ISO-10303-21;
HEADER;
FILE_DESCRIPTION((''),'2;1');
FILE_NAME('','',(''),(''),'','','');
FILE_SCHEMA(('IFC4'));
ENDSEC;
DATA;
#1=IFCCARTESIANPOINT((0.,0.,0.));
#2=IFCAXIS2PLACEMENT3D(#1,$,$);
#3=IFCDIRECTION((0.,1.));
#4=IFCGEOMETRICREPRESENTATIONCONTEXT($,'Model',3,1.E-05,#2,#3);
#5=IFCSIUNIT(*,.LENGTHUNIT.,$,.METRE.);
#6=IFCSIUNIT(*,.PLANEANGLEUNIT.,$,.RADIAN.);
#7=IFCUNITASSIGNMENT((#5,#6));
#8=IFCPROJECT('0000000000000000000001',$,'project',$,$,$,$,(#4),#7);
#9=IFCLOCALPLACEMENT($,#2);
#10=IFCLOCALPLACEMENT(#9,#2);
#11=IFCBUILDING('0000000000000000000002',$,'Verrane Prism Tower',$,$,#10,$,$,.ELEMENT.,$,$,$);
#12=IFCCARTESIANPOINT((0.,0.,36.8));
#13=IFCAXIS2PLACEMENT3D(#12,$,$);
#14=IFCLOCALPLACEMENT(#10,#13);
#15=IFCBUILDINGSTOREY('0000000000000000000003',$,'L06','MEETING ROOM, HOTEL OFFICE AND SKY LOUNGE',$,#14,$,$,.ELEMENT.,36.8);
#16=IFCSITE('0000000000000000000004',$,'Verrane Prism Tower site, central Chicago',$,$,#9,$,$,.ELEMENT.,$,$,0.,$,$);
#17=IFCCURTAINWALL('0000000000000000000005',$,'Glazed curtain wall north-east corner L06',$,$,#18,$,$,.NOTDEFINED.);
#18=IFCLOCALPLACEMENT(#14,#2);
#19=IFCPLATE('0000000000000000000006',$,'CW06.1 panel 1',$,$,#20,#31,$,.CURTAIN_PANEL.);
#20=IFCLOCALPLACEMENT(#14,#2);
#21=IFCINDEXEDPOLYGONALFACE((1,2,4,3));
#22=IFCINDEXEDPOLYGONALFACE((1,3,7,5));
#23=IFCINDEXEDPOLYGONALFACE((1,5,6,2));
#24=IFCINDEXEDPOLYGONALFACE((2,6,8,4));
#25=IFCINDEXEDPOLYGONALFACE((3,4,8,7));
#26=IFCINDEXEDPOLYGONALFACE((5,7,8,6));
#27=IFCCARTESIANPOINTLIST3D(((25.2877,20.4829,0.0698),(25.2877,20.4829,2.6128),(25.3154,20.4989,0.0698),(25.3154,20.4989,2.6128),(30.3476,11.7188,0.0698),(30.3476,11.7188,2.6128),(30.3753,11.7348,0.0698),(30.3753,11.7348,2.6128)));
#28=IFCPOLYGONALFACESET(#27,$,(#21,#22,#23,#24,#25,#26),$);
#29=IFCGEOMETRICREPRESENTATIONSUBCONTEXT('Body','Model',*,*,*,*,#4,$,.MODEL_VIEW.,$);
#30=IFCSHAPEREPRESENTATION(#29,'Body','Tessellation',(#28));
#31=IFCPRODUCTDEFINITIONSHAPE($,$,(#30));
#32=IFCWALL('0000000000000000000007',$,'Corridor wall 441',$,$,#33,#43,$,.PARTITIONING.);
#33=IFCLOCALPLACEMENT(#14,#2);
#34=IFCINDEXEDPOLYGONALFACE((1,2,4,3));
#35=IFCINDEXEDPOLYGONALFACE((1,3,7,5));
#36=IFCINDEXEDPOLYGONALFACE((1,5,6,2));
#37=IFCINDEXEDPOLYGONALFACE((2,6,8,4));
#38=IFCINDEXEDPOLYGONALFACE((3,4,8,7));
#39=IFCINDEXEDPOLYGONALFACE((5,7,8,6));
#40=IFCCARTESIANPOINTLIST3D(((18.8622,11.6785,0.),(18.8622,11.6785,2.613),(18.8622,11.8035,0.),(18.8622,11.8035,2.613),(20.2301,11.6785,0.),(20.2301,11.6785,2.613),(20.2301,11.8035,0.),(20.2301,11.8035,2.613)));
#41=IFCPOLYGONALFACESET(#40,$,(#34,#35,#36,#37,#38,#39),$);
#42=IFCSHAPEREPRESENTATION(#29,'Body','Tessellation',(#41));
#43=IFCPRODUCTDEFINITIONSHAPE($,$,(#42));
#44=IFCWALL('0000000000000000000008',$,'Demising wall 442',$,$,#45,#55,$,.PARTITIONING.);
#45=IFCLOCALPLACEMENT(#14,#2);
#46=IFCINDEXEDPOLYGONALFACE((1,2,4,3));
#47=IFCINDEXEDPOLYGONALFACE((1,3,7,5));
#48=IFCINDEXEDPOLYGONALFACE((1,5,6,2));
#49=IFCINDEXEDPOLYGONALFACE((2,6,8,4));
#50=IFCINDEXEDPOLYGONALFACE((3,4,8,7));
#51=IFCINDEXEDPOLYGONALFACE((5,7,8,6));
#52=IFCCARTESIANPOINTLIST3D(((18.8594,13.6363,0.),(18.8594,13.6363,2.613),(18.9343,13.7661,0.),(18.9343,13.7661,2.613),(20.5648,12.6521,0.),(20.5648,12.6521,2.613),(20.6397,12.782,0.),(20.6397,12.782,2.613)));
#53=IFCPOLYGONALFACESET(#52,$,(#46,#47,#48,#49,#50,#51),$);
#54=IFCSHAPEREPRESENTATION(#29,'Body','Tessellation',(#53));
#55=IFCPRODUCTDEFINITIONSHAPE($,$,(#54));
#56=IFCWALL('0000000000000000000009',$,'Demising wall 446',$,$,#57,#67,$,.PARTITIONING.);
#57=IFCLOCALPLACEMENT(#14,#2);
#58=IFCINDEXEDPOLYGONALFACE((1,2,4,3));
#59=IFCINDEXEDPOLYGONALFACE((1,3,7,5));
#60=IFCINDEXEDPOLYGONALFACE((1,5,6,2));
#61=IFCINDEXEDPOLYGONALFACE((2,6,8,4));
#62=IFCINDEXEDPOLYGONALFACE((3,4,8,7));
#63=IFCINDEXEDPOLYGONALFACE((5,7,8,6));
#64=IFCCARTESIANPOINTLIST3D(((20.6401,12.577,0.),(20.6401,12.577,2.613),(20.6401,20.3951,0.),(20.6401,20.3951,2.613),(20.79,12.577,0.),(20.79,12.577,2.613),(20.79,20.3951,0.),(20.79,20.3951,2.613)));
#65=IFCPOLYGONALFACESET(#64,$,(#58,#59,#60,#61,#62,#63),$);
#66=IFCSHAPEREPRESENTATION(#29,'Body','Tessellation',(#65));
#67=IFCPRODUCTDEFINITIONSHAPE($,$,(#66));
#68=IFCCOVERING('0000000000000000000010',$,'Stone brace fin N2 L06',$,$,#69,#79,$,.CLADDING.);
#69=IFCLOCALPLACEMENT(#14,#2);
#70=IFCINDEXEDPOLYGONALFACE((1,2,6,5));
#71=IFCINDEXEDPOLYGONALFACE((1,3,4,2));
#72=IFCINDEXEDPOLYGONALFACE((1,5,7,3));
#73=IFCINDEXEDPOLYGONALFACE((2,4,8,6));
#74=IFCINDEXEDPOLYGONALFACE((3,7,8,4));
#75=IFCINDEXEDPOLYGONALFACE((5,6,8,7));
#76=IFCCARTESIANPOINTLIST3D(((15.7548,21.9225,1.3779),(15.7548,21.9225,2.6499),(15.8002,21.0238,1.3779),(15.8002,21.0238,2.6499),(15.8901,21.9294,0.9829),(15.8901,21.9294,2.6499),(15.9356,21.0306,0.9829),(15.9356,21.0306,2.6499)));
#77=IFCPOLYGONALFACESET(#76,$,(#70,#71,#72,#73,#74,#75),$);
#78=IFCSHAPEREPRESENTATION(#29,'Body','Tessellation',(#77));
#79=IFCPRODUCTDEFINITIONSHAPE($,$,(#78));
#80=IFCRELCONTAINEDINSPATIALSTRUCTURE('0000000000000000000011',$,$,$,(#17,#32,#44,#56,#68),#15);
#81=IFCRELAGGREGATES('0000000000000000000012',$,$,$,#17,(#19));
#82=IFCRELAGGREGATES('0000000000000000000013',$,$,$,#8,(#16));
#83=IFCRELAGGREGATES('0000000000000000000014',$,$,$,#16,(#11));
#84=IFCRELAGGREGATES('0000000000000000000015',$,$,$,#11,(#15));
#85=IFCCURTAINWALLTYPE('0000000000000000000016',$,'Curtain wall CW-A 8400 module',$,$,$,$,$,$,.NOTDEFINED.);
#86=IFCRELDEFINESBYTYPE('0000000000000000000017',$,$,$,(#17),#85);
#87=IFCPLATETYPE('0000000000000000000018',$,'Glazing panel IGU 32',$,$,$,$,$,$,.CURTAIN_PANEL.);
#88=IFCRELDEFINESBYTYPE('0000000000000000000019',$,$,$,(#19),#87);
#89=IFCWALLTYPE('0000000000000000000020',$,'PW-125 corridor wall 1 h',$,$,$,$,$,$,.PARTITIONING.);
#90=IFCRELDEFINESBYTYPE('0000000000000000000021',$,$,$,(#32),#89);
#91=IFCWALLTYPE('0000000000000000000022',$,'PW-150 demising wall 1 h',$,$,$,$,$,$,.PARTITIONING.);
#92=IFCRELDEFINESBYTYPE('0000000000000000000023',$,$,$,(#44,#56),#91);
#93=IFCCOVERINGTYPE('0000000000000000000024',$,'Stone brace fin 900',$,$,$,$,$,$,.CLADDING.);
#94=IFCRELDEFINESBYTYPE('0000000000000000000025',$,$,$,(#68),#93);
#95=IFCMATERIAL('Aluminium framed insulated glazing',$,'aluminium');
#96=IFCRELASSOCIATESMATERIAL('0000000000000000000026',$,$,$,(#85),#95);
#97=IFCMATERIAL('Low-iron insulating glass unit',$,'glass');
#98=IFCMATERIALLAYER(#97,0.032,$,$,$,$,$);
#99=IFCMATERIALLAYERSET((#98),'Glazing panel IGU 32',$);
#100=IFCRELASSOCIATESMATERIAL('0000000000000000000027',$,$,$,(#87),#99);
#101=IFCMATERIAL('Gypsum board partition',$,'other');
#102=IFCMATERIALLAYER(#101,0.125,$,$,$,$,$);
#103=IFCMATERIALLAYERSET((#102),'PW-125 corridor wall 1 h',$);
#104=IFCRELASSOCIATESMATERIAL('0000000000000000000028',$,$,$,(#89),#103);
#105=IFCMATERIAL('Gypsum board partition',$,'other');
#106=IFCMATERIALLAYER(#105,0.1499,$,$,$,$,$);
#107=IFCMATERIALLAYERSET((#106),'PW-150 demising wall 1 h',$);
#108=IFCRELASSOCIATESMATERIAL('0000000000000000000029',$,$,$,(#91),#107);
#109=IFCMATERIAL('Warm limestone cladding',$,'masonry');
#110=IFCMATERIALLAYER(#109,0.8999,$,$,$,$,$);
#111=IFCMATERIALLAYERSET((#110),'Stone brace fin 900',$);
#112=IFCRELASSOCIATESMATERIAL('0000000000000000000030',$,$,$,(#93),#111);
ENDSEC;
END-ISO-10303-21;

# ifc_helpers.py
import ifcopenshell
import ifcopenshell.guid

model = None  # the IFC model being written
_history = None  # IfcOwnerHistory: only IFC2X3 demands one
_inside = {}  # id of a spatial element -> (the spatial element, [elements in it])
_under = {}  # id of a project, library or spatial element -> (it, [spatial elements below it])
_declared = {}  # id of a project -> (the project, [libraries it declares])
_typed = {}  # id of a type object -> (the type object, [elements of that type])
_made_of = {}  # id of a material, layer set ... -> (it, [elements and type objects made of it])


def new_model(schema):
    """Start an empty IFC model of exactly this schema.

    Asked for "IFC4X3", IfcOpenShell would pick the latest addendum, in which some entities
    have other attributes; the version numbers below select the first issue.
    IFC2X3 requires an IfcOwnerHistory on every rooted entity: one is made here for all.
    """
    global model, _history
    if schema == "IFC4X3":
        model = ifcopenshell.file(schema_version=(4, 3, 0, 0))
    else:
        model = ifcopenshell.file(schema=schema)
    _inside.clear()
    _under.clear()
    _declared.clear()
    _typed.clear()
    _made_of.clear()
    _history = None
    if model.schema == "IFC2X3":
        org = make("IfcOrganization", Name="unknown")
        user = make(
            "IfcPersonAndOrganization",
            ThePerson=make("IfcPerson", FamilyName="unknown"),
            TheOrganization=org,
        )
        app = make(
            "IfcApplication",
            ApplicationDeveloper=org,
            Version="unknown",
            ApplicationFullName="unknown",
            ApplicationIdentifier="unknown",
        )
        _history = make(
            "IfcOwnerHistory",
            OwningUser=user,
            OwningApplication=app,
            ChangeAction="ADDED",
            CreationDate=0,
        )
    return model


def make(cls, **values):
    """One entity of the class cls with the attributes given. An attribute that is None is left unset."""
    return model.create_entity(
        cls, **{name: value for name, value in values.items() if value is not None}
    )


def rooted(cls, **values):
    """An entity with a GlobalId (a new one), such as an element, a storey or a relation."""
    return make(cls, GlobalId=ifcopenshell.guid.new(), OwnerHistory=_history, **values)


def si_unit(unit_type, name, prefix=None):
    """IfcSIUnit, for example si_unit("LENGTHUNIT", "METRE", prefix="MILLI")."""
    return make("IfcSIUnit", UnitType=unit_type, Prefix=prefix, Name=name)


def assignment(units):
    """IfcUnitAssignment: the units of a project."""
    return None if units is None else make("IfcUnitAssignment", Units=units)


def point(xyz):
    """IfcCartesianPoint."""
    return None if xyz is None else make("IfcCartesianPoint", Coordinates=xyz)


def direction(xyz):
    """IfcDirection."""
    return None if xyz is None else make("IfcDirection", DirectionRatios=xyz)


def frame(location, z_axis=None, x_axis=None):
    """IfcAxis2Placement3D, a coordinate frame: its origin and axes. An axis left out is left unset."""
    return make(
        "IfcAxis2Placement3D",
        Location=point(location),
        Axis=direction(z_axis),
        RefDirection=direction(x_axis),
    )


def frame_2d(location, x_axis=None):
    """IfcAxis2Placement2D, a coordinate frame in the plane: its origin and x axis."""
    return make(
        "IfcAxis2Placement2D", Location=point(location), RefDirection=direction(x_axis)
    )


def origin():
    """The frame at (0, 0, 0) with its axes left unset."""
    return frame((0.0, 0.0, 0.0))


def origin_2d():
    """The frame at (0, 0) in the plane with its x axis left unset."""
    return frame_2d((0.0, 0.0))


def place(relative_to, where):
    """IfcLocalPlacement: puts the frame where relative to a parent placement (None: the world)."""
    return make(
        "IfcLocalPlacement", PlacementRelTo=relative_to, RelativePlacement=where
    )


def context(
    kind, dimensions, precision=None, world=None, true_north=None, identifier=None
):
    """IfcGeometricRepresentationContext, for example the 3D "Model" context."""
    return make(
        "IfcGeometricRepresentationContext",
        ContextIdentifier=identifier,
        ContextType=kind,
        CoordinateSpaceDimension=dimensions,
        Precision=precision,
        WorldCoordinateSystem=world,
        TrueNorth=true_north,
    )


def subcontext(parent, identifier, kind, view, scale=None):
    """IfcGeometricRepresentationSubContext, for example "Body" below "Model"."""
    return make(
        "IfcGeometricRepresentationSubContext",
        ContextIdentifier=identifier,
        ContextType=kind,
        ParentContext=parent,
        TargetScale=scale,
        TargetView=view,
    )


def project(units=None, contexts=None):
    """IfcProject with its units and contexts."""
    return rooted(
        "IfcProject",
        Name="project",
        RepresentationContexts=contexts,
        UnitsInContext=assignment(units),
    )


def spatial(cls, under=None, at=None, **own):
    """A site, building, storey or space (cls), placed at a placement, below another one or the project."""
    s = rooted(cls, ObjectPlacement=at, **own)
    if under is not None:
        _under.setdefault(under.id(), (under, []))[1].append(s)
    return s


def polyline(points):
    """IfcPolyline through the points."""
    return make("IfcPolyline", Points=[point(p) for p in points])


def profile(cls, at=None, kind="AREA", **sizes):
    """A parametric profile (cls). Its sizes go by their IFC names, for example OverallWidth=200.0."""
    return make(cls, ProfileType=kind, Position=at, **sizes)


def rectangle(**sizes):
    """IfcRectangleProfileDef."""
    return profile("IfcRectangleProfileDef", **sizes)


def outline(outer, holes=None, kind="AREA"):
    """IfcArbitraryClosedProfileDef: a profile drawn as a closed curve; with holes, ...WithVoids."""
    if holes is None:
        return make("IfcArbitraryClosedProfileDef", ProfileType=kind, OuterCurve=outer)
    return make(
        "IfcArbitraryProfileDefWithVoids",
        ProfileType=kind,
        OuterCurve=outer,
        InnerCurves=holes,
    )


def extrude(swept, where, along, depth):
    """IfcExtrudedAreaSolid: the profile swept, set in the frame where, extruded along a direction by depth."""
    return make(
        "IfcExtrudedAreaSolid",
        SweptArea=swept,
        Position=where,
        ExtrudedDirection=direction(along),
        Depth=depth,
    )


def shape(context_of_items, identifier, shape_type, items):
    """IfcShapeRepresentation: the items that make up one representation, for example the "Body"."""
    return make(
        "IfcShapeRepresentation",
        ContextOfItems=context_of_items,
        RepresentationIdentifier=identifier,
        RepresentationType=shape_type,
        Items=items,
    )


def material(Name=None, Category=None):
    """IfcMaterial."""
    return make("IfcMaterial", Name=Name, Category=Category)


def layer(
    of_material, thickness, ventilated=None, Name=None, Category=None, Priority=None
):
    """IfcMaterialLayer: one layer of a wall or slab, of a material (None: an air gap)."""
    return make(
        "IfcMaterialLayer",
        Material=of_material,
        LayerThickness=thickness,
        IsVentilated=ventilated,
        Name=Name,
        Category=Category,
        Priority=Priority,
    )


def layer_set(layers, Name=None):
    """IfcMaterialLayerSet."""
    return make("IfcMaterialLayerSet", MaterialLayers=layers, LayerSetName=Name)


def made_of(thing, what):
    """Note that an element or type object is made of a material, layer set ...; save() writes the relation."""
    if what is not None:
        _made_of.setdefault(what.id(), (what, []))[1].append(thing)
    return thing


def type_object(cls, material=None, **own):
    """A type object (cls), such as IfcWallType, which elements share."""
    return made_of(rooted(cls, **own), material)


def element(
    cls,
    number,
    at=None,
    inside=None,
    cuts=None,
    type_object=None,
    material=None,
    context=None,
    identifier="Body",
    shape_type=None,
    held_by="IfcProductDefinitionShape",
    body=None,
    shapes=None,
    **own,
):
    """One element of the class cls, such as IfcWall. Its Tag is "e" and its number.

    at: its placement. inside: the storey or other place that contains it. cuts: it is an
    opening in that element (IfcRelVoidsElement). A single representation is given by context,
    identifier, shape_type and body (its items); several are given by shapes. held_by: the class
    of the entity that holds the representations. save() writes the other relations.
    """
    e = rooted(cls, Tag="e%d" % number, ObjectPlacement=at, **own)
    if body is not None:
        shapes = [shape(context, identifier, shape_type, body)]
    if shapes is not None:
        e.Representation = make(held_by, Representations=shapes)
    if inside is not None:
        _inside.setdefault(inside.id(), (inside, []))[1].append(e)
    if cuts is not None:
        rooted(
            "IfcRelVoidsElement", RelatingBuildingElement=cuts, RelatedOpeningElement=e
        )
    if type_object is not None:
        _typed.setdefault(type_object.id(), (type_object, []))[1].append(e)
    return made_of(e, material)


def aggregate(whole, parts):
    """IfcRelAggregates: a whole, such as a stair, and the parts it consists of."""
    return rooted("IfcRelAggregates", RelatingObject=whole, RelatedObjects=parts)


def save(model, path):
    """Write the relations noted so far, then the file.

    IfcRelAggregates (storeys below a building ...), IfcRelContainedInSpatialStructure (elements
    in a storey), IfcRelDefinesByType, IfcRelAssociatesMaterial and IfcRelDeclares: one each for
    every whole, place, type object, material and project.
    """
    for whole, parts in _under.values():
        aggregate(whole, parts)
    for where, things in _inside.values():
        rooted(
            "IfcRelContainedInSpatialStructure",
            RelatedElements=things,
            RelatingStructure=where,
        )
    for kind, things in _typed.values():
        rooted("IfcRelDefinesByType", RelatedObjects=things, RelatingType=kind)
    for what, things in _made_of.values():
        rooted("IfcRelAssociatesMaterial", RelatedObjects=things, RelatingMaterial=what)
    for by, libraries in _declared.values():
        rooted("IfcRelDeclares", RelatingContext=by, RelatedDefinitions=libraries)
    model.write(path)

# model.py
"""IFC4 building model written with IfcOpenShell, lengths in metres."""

from ifc_helpers import new_model, si_unit, direction, frame, frame_2d, origin, origin_2d, place, context, subcontext, project, spatial, polyline, rectangle, outline, extrude, material, layer, layer_set, type_object, element, aggregate, save


model = new_model("IFC4")

# Units and contexts
model_context = context("Model", 3, precision=1e-05, world=origin(), true_north=direction((0.0, 1.0)))
body_context = subcontext(model_context, "Body", "Model", "MODEL_VIEW")
ifc_project = project(units=[si_unit("LENGTHUNIT", "METRE"), si_unit("PLANEANGLEUNIT", "RADIAN")], contexts=[model_context])

# Site, building, storey
site_placement = place(None, origin())
site = spatial("IfcSite", under=ifc_project, at=site_placement, Name="Verrane Prism Tower site, central Chicago", CompositionType="ELEMENT", RefElevation=0.0)
building_placement = place(site_placement, origin())
building = spatial("IfcBuilding", under=site, at=building_placement, Name="Verrane Prism Tower", CompositionType="ELEMENT")
storey_placement = place(building_placement, frame((0.0, 0.0, 36.8)))
storey = spatial("IfcBuildingStorey", under=building, at=storey_placement, Name="L06", Description="MEETING ROOM, HOTEL OFFICE AND SKY LOUNGE", CompositionType="ELEMENT", Elevation=36.8)

# Curtain wall
ifc_material_1 = material(Name="Aluminium framed insulated glazing", Category="aluminium")
curtain_wall_type_1 = type_object("IfcCurtainWallType", Name="Curtain wall CW-A 8400 module", PredefinedType="NOTDEFINED", material=ifc_material_1)
curtain_wall_1_placement = place(storey_placement, origin())
curtain_wall_1 = element("IfcCurtainWall", 1, at=curtain_wall_1_placement, inside=storey, type_object=curtain_wall_type_1, Name="Glazed curtain wall north-east corner L06", PredefinedType="NOTDEFINED")

# Plate
ifc_material_2 = material(Name="Low-iron insulating glass unit", Category="glass")
ifc_layer_1 = layer(ifc_material_2, 0.032)
ifc_layer_set_1 = layer_set([ifc_layer_1], Name="Glazing panel IGU 32")
plate_type_1 = type_object("IfcPlateType", Name="Glazing panel IGU 32", PredefinedType="CURTAIN_PANEL", material=ifc_layer_set_1)
plate_1_placement = place(storey_placement, frame((27.8315, 16.1089, 0.0698), z_axis=(0.0, 0.0, 1.0), x_axis=(-0.499997, 0.866027, 0.0)))
plate_1 = element("IfcPlate", 2, at=plate_1_placement, type_object=plate_type_1, Name="CW06.1 panel 1", PredefinedType="CURTAIN_PANEL", context=body_context, shape_type="SweptSolid", body=[
    extrude(rectangle(XDim=10.1199, YDim=0.032, at=origin_2d()), origin(), (0.0, 0.0, 1.0), 2.543),
])
aggregate(curtain_wall_1, [plate_1])

# Walls
ifc_material_3 = material(Name="Gypsum board partition", Category="other")
ifc_layer_2 = layer(ifc_material_3, 0.125)
ifc_layer_set_2 = layer_set([ifc_layer_2], Name="PW-125 corridor wall 1 h")
wall_type_1 = type_object("IfcWallType", Name="PW-125 corridor wall 1 h", PredefinedType="PARTITIONING", material=ifc_layer_set_2)
wall_1_placement = place(storey_placement, frame((18.8621, 11.741, 0.0), z_axis=(0.0, 0.0, 1.0), x_axis=(1.0, 0.0, 0.0)))
element("IfcWall", 3, at=wall_1_placement, inside=storey, type_object=wall_type_1, Name="Corridor wall 441", PredefinedType="PARTITIONING", context=body_context, shape_type="SweptSolid", body=[
    extrude(rectangle(XDim=1.3679, YDim=0.125, at=frame_2d((0.6841, 0.0))), origin(), (0.0, 0.0, 1.0), 2.613),
])
ifc_material_4 = material(Name="Gypsum board partition", Category="other")
ifc_layer_3 = layer(ifc_material_4, 0.1499)
ifc_layer_set_3 = layer_set([ifc_layer_3], Name="PW-150 demising wall 1 h")
wall_type_2 = type_object("IfcWallType", Name="PW-150 demising wall 1 h", PredefinedType="PARTITIONING", material=ifc_layer_set_3)
wall_2_placement = place(storey_placement, frame((18.897, 13.7012, 0.0), z_axis=(0.0, 0.0, 1.0), x_axis=(0.866122, -0.499833, 0.0)))
element("IfcWall", 4, at=wall_2_placement, inside=storey, type_object=wall_type_2, Name="Demising wall 442", PredefinedType="PARTITIONING", context=body_context, shape_type="SweptSolid", body=[
    extrude(rectangle(XDim=1.969, YDim=0.1499, at=frame_2d((0.9844, 0.0))), origin(), (0.0, 0.0, 1.0), 2.613),
])
wall_3_placement = place(storey_placement, frame((20.7151, 12.5769, 0.0), z_axis=(0.0, 0.0, 1.0), x_axis=(0.0, 1.0, 0.0)))
element("IfcWall", 5, at=wall_3_placement, inside=storey, type_object=wall_type_2, Name="Demising wall 446", PredefinedType="PARTITIONING", context=body_context, shape_type="SweptSolid", body=[
    extrude(rectangle(XDim=7.8181, YDim=0.1499, at=frame_2d((3.9092, 0.0))), origin(), (0.0, 0.0, 1.0), 2.613),
])

# Covering
ifc_material_5 = material(Name="Warm limestone cladding", Category="masonry")
ifc_layer_4 = layer(ifc_material_5, 0.8999)
ifc_layer_set_4 = layer_set([ifc_layer_4], Name="Stone brace fin 900")
covering_type = type_object("IfcCoveringType", Name="Stone brace fin 900", PredefinedType="CLADDING", material=ifc_layer_set_4)
covering_placement = place(storey_placement, frame((15.9128, 21.48, 0.9829), z_axis=(0.0, 0.0, 1.0), x_axis=(-0.998725, -0.050477, 0.0)))
element("IfcCovering", 6, at=covering_placement, inside=storey, type_object=covering_type, Name="Stone brace fin N2 L06", PredefinedType="CLADDING", context=body_context, shape_type="SweptSolid", body=[
    extrude(outline(polyline([(0.1355, 1.667), (0.0, 1.667), (0.0, 0.0), (0.1355, 0.395), (0.1355, 1.667)])), frame((0.0, 0.45, 0.0), z_axis=(0.0, -1.0, 0.0), x_axis=(1.0, 0.0, 0.0)), (0.0, 0.0, 1.0), 0.8999),
])

save(model, "model.ifc")
